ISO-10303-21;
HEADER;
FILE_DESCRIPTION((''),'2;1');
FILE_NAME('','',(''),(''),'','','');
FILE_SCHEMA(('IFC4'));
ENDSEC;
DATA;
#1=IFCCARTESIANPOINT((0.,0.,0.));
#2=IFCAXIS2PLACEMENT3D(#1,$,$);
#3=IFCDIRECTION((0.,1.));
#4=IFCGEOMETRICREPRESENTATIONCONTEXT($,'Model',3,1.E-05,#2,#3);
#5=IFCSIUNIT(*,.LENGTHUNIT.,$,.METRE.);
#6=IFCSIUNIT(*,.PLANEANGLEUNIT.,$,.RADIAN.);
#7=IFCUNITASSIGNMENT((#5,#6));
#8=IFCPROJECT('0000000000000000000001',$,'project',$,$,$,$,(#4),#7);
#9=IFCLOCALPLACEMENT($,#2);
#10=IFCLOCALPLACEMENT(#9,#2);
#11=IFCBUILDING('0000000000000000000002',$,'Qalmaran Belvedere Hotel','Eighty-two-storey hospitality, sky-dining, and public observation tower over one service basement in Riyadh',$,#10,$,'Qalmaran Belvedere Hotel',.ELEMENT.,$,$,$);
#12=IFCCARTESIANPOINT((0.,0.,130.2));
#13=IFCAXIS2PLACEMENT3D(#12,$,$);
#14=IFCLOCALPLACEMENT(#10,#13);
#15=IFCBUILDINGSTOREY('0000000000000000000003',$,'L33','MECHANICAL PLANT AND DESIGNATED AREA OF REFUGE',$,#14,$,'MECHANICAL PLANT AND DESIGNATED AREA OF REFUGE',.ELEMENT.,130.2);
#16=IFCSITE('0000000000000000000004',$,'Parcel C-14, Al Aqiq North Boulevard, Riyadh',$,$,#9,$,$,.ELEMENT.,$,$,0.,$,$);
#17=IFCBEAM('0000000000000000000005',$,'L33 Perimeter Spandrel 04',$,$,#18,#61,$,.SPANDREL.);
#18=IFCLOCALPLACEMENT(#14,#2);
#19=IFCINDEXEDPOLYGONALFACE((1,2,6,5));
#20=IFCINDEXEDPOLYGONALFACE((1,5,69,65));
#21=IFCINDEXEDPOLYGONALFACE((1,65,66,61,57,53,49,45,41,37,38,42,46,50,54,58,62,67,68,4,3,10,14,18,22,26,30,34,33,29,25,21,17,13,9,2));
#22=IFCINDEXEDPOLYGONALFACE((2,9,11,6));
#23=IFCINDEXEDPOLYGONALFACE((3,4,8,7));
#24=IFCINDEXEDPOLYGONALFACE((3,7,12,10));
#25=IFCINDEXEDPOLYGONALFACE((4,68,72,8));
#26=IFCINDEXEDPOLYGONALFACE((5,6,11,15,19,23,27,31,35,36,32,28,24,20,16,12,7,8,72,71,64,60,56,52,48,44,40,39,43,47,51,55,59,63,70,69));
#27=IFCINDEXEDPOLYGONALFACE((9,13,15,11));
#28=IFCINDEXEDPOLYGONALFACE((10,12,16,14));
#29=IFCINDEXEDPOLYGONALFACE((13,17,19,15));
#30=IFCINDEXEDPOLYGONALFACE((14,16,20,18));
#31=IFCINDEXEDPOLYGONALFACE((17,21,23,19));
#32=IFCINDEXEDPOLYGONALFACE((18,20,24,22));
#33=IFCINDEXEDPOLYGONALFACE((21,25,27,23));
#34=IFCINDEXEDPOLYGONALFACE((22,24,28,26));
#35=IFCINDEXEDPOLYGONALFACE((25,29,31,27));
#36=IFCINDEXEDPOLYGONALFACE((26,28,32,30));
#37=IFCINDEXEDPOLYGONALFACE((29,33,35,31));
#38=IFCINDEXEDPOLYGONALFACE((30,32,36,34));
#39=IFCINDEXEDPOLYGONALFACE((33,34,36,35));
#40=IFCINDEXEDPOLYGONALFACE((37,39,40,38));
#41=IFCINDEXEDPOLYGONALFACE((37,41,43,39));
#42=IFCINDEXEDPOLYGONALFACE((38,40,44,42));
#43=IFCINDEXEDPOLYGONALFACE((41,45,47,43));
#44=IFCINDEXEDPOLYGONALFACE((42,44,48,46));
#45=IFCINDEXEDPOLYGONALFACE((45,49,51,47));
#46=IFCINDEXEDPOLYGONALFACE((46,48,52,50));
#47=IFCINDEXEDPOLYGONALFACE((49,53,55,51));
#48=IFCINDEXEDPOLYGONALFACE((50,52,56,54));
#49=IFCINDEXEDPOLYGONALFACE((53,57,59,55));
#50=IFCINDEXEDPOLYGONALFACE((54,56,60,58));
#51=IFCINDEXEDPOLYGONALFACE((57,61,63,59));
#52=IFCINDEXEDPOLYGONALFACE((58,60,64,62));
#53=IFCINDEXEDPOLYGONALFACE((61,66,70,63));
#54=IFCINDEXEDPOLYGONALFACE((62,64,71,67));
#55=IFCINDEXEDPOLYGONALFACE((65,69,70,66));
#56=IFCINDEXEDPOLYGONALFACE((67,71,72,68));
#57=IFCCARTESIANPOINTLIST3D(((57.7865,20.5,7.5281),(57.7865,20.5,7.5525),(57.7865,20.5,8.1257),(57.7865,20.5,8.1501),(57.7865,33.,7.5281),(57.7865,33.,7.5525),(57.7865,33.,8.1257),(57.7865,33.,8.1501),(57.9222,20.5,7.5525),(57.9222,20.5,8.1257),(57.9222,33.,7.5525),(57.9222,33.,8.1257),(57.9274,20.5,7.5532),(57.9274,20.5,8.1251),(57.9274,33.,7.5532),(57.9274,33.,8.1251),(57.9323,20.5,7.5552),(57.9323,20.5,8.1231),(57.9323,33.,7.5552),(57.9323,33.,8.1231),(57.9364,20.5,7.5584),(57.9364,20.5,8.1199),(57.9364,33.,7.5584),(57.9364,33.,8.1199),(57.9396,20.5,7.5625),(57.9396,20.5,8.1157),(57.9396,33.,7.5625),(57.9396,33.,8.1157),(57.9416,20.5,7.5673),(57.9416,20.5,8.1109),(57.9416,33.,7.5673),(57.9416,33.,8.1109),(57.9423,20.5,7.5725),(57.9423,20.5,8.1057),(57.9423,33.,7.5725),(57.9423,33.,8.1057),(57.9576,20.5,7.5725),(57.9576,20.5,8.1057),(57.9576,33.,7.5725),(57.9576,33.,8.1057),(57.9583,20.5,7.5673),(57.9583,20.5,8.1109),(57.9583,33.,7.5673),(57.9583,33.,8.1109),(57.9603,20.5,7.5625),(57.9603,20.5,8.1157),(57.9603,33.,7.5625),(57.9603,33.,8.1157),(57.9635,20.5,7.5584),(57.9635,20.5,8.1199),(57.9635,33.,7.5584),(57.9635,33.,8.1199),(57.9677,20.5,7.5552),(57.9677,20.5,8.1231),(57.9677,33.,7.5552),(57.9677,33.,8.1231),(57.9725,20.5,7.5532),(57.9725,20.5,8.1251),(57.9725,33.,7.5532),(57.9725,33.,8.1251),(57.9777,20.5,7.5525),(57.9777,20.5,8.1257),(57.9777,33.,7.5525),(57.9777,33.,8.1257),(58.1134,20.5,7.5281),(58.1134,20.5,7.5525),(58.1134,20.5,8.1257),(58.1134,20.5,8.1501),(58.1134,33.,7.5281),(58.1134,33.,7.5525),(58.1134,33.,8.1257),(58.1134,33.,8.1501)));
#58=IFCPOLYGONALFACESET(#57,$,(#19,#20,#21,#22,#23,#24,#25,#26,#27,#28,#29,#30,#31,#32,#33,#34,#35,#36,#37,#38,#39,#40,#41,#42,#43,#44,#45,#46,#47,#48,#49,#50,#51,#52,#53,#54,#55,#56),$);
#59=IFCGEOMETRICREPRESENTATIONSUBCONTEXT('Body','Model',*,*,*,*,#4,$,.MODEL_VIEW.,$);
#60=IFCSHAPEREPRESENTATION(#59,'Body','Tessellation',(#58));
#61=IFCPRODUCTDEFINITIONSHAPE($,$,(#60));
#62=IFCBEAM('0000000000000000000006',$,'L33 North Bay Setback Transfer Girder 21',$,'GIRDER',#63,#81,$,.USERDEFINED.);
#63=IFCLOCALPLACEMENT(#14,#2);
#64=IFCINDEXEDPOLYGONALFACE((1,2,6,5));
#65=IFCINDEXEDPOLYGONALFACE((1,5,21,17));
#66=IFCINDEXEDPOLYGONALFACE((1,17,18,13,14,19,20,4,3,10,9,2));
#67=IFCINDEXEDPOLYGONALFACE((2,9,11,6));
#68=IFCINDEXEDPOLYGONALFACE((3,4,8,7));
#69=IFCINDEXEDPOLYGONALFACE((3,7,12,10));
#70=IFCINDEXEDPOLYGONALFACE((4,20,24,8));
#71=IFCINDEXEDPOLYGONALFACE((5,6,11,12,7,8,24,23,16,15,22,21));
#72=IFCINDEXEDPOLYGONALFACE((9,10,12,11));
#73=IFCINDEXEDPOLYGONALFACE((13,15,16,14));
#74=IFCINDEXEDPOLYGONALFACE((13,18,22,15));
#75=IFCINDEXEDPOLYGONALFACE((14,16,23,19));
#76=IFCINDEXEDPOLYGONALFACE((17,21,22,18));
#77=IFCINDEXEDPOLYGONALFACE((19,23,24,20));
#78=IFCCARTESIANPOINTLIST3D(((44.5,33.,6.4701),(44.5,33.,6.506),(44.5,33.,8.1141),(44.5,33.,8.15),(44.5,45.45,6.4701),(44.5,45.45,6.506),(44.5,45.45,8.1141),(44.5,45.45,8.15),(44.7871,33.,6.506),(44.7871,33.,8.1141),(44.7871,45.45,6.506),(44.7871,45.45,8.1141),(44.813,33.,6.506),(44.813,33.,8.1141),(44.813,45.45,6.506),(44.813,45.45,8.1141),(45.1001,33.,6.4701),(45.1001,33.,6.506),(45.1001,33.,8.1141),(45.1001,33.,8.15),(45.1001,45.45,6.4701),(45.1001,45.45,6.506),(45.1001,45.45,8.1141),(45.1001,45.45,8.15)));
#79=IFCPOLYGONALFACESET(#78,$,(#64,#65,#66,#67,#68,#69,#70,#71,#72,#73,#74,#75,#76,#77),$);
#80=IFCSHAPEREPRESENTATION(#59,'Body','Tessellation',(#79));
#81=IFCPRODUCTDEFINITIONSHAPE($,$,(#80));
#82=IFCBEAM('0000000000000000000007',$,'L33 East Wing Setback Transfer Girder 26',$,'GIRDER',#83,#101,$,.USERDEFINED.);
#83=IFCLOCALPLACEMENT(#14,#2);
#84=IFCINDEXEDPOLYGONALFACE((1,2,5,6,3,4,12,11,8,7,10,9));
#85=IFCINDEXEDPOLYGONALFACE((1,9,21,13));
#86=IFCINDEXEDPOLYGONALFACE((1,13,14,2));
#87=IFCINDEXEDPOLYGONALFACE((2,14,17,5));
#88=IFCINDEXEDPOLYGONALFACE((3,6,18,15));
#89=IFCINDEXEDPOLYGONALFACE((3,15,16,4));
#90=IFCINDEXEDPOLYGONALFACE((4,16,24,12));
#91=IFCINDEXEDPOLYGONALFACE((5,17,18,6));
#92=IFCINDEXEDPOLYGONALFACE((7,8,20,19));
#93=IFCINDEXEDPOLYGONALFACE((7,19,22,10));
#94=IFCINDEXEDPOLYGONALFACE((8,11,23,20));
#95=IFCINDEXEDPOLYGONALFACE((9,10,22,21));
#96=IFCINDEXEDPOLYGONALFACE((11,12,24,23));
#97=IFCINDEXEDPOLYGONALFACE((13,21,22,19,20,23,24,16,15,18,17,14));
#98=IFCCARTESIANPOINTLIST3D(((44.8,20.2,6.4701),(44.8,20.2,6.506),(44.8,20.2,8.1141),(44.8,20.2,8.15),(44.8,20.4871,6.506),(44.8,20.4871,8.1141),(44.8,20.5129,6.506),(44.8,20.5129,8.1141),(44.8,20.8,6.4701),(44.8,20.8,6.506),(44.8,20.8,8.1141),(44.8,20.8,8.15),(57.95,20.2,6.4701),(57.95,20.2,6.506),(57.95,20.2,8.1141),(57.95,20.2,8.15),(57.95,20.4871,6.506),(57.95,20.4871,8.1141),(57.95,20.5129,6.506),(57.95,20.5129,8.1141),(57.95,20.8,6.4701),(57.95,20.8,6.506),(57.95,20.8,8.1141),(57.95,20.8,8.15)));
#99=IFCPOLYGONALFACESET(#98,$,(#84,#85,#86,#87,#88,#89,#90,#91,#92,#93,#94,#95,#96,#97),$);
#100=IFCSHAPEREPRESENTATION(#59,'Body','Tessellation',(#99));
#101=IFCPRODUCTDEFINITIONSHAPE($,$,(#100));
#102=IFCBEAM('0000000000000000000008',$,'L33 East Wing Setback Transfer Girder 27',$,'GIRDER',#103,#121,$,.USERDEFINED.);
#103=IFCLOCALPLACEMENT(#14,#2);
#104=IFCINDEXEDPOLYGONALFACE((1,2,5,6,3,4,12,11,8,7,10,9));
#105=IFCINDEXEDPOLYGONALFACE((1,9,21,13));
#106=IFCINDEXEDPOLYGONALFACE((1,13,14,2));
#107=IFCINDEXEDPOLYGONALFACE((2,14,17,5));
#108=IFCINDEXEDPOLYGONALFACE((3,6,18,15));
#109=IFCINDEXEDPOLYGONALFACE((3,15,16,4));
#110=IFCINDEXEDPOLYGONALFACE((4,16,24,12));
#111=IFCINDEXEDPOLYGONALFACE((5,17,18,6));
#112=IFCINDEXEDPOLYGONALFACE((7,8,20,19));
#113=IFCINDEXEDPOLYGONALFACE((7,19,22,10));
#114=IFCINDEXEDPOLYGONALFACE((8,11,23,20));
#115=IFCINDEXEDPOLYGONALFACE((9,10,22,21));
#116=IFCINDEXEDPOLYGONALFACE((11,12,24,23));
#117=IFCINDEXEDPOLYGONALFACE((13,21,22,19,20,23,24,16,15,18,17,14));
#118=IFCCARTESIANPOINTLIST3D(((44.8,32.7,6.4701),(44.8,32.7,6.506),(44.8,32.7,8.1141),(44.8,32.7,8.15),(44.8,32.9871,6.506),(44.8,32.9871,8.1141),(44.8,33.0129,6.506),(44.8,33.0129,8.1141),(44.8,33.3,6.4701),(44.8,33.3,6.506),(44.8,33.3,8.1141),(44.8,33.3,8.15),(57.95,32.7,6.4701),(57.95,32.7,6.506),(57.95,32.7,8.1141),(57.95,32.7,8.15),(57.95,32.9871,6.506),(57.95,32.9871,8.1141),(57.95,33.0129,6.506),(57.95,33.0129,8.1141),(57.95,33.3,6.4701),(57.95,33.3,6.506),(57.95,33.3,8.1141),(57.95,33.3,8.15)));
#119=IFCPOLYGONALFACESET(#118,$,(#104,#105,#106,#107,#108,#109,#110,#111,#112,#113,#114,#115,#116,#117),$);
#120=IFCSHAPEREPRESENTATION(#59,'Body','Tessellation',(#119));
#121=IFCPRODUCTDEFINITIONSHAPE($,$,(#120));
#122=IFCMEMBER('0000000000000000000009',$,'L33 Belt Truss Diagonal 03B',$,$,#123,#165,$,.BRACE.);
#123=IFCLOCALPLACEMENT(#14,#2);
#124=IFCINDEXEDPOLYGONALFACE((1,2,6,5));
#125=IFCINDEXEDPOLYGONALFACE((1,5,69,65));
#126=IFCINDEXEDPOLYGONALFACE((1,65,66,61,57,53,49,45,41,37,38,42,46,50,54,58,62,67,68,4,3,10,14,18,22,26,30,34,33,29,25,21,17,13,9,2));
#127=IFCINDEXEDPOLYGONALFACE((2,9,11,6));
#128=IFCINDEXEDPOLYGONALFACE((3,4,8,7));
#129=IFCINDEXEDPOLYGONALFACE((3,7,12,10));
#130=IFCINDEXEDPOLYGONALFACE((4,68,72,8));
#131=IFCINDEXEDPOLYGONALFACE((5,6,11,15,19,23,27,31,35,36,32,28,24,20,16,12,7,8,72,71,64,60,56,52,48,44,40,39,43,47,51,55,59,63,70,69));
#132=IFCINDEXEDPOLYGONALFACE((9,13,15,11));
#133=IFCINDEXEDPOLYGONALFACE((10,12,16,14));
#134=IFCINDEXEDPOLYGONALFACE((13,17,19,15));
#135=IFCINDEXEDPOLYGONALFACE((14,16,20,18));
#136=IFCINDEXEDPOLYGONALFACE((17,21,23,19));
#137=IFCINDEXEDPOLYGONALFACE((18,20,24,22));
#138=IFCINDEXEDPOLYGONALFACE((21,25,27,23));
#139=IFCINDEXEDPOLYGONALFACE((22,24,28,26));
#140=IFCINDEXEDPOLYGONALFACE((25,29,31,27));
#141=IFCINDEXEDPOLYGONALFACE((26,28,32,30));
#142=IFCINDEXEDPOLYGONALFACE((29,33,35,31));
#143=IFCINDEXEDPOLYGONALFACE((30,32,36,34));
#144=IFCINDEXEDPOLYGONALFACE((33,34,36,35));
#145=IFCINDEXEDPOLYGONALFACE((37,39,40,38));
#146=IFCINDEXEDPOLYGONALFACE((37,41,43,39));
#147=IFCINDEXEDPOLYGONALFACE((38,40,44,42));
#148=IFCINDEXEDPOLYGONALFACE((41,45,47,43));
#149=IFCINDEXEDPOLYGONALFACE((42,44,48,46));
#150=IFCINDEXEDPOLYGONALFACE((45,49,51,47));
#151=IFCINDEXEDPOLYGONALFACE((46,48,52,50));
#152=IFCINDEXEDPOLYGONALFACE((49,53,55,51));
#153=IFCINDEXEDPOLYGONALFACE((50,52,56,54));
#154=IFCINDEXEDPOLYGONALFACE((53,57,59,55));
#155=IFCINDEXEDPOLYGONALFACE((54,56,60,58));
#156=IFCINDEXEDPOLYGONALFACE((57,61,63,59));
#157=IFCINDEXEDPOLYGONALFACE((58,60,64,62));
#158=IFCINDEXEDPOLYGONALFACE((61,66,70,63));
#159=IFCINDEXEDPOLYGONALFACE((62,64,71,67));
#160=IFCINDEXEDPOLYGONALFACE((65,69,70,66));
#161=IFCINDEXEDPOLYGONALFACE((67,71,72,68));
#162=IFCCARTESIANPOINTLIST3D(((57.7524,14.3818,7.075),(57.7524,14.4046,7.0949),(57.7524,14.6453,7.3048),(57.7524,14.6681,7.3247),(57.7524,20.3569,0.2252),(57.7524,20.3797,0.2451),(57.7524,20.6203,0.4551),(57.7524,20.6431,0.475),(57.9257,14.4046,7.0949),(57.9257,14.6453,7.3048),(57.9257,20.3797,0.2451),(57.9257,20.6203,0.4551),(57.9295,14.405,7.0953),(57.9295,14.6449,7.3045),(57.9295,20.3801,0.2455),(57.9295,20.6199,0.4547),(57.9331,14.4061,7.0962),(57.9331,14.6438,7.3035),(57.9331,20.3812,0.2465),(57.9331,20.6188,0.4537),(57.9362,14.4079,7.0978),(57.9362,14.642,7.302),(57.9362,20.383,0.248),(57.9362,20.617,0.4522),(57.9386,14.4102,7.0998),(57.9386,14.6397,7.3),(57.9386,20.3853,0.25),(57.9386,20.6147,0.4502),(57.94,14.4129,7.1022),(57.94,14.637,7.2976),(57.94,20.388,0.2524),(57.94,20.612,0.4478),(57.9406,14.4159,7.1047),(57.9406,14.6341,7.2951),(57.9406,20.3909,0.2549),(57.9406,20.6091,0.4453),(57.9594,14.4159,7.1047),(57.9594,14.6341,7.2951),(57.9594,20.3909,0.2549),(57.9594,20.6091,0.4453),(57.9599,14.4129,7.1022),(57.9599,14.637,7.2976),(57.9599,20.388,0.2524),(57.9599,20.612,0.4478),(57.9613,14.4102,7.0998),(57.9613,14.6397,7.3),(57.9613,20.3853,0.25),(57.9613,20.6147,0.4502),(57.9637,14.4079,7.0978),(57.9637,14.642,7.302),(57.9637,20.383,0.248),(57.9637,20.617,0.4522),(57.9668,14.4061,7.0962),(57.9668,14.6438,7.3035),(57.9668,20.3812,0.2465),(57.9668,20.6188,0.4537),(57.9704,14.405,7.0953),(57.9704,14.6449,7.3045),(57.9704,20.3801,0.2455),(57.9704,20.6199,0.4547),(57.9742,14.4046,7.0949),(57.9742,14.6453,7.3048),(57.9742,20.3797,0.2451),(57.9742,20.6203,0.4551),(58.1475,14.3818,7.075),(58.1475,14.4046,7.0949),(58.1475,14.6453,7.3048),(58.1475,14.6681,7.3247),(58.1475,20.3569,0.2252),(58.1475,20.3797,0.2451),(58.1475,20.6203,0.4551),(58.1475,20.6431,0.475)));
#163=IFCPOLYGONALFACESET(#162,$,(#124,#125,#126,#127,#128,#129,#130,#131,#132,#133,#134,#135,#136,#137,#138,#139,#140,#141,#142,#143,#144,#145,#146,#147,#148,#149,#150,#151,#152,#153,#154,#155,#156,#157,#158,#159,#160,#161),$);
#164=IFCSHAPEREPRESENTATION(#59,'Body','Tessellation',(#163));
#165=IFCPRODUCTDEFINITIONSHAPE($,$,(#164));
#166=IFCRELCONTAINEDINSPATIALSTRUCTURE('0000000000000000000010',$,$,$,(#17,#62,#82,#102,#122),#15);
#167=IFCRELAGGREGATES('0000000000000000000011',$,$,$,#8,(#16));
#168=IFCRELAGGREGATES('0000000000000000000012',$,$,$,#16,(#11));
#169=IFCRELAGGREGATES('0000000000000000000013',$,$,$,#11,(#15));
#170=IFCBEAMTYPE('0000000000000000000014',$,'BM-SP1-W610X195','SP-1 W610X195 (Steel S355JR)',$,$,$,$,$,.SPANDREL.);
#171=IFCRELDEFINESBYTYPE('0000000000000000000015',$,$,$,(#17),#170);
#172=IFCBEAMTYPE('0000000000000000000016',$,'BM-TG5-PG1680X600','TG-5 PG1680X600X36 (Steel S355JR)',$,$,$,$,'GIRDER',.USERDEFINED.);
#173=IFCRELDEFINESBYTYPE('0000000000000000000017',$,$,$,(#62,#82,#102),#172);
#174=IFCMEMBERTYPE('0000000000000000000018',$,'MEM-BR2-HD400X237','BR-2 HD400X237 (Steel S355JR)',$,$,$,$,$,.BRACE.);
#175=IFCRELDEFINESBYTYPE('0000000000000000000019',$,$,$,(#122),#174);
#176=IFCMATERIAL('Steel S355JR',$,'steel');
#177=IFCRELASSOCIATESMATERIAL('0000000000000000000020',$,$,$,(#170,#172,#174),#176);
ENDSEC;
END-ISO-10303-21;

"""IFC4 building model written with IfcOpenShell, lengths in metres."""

from ifc_helpers import new_model, si_unit, direction, frame, origin, origin_2d, place, context, subcontext, project, spatial, i_section, extrude, material, material_profile, profile_set, type_object, element, save


model = new_model("IFC4")

# Units and contexts
model_context = context("Model", 3, precision=1e-05, world=origin(), true_north=direction((0.0, 1.0)))
body_context = subcontext(model_context, "Body", "Model", "MODEL_VIEW")
ifc_project = project(units=[si_unit("LENGTHUNIT", "METRE"), si_unit("PLANEANGLEUNIT", "RADIAN")], contexts=[model_context])

# Site, building, storey
site_placement = place(None, origin())
site = spatial("IfcSite", under=ifc_project, at=site_placement, Name="Parcel C-14, Al Aqiq North Boulevard, Riyadh", CompositionType="ELEMENT", RefElevation=0.0)
building_placement = place(site_placement, origin())
building = spatial("IfcBuilding", under=site, at=building_placement, Name="Qalmaran Belvedere Hotel", Description="Eighty-two-storey hospitality, sky-dining, and public observation tower over one service basement in Riyadh", LongName="Qalmaran Belvedere Hotel", CompositionType="ELEMENT")
storey_placement = place(building_placement, frame((0.0, 0.0, 130.2)))
storey = spatial("IfcBuildingStorey", under=building, at=storey_placement, Name="L33", Description="MECHANICAL PLANT AND DESIGNATED AREA OF REFUGE", LongName="MECHANICAL PLANT AND DESIGNATED AREA OF REFUGE", CompositionType="ELEMENT", Elevation=130.2)

# Beams
ifc_material_1 = material(Name="Steel S355JR", Category="steel")
ifc_material_profile_1 = material_profile(ifc_material_1, i_section(OverallWidth=0.3269, OverallDepth=0.6221, WebThickness=0.0154, FlangeThickness=0.0244, FilletRadius=0.02, at=origin_2d()), Name="W610X195")
ifc_profile_set_1 = profile_set([ifc_material_profile_1], Name="Steel S355JR")
beam_type_1 = type_object("IfcBeamType", Name="BM-SP1-W610X195", Description="SP-1 W610X195 (Steel S355JR)", PredefinedType="SPANDREL", material=ifc_profile_set_1)
beam_1_placement = place(storey_placement, frame((57.95, 20.5, 7.8391), z_axis=(0.0, 1.0, 0.0), x_axis=(-1.0, 0.0, 0.0)))
element("IfcBeam", 1, at=beam_1_placement, inside=storey, type_object=beam_type_1, Name="L33 Perimeter Spandrel 04", PredefinedType="SPANDREL", context=body_context, shape_type="SweptSolid", body=[
    extrude(i_section(OverallWidth=0.3269, OverallDepth=0.6221, WebThickness=0.0154, FlangeThickness=0.0244, FilletRadius=0.02, at=origin_2d()), origin(), (0.0, 0.0, 1.0), 12.5),
])
ifc_material_profile_2 = material_profile(ifc_material_1, i_section(OverallWidth=0.6001, OverallDepth=1.6799, WebThickness=0.0259, FlangeThickness=0.0359, at=origin_2d()), Name="PG1680X600X36")
ifc_profile_set_2 = profile_set([ifc_material_profile_2], Name="Steel S355JR")
beam_type_2 = type_object("IfcBeamType", Name="BM-TG5-PG1680X600", Description="TG-5 PG1680X600X36 (Steel S355JR)", ElementType="GIRDER", PredefinedType="USERDEFINED", material=ifc_profile_set_2)
beam_2_placement = place(storey_placement, frame((44.8, 33.0, 7.3101), z_axis=(0.0, 1.0, 0.0), x_axis=(-1.0, 0.0, 0.0)))
element("IfcBeam", 2, at=beam_2_placement, inside=storey, type_object=beam_type_2, Name="L33 North Bay Setback Transfer Girder 21", ObjectType="GIRDER", PredefinedType="USERDEFINED", context=body_context, shape_type="SweptSolid", body=[
    extrude(i_section(OverallWidth=0.6001, OverallDepth=1.6799, WebThickness=0.0259, FlangeThickness=0.0359, at=origin_2d()), origin(), (0.0, 0.0, 1.0), 12.45),
])
for number, where, z_axis, x_axis, name in (
    (3, (44.8, 20.5, 7.3101), (1.0, 0.0, 0.0), (0.0, 1.0, 0.0), "L33 East Wing Setback Transfer Girder 26"),
    (4, (44.8, 33.0, 7.3101), (1.0, 0.0, 0.0), (0.0, 1.0, 0.0), "L33 East Wing Setback Transfer Girder 27"),
):
    element("IfcBeam", number, at=place(storey_placement, frame(where, z_axis=z_axis, x_axis=x_axis)), inside=storey, type_object=beam_type_2, Name=name, ObjectType="GIRDER", PredefinedType="USERDEFINED", context=body_context, shape_type="SweptSolid", body=[
        extrude(i_section(OverallWidth=0.6001, OverallDepth=1.6799, WebThickness=0.0259, FlangeThickness=0.0359, at=origin_2d()), origin(), (0.0, 0.0, 1.0), 13.1499),
    ])

# Member
ifc_material_profile_3 = material_profile(ifc_material_1, i_section(OverallWidth=0.395, OverallDepth=0.3799, WebThickness=0.0188, FlangeThickness=0.0303, FilletRadius=0.0149, at=origin_2d()), Name="HD400X237")
ifc_profile_set_3 = profile_set([ifc_material_profile_3], Name="Steel S355JR")
member_type_1 = type_object("IfcMemberType", Name="MEM-BR2-HD400X237", Description="BR-2 HD400X237 (Steel S355JR)", PredefinedType="BRACE", material=ifc_profile_set_3)
member_1_placement = place(storey_placement, frame((57.95, 20.5, 0.3501), z_axis=(0.0, -0.65735, 0.753586), x_axis=(1.0, 0.0, 0.0)))
element("IfcMember", 5, at=member_1_placement, inside=storey, type_object=member_type_1, Name="L33 Belt Truss Diagonal 03B", PredefinedType="BRACE", context=body_context, shape_type="SweptSolid", body=[
    extrude(i_section(OverallWidth=0.395, OverallDepth=0.3799, WebThickness=0.0188, FlangeThickness=0.0303, FilletRadius=0.0149, at=origin_2d()), origin(), (0.0, 0.0, 1.0), 9.0896),
])

save(model, "model.ifc")
